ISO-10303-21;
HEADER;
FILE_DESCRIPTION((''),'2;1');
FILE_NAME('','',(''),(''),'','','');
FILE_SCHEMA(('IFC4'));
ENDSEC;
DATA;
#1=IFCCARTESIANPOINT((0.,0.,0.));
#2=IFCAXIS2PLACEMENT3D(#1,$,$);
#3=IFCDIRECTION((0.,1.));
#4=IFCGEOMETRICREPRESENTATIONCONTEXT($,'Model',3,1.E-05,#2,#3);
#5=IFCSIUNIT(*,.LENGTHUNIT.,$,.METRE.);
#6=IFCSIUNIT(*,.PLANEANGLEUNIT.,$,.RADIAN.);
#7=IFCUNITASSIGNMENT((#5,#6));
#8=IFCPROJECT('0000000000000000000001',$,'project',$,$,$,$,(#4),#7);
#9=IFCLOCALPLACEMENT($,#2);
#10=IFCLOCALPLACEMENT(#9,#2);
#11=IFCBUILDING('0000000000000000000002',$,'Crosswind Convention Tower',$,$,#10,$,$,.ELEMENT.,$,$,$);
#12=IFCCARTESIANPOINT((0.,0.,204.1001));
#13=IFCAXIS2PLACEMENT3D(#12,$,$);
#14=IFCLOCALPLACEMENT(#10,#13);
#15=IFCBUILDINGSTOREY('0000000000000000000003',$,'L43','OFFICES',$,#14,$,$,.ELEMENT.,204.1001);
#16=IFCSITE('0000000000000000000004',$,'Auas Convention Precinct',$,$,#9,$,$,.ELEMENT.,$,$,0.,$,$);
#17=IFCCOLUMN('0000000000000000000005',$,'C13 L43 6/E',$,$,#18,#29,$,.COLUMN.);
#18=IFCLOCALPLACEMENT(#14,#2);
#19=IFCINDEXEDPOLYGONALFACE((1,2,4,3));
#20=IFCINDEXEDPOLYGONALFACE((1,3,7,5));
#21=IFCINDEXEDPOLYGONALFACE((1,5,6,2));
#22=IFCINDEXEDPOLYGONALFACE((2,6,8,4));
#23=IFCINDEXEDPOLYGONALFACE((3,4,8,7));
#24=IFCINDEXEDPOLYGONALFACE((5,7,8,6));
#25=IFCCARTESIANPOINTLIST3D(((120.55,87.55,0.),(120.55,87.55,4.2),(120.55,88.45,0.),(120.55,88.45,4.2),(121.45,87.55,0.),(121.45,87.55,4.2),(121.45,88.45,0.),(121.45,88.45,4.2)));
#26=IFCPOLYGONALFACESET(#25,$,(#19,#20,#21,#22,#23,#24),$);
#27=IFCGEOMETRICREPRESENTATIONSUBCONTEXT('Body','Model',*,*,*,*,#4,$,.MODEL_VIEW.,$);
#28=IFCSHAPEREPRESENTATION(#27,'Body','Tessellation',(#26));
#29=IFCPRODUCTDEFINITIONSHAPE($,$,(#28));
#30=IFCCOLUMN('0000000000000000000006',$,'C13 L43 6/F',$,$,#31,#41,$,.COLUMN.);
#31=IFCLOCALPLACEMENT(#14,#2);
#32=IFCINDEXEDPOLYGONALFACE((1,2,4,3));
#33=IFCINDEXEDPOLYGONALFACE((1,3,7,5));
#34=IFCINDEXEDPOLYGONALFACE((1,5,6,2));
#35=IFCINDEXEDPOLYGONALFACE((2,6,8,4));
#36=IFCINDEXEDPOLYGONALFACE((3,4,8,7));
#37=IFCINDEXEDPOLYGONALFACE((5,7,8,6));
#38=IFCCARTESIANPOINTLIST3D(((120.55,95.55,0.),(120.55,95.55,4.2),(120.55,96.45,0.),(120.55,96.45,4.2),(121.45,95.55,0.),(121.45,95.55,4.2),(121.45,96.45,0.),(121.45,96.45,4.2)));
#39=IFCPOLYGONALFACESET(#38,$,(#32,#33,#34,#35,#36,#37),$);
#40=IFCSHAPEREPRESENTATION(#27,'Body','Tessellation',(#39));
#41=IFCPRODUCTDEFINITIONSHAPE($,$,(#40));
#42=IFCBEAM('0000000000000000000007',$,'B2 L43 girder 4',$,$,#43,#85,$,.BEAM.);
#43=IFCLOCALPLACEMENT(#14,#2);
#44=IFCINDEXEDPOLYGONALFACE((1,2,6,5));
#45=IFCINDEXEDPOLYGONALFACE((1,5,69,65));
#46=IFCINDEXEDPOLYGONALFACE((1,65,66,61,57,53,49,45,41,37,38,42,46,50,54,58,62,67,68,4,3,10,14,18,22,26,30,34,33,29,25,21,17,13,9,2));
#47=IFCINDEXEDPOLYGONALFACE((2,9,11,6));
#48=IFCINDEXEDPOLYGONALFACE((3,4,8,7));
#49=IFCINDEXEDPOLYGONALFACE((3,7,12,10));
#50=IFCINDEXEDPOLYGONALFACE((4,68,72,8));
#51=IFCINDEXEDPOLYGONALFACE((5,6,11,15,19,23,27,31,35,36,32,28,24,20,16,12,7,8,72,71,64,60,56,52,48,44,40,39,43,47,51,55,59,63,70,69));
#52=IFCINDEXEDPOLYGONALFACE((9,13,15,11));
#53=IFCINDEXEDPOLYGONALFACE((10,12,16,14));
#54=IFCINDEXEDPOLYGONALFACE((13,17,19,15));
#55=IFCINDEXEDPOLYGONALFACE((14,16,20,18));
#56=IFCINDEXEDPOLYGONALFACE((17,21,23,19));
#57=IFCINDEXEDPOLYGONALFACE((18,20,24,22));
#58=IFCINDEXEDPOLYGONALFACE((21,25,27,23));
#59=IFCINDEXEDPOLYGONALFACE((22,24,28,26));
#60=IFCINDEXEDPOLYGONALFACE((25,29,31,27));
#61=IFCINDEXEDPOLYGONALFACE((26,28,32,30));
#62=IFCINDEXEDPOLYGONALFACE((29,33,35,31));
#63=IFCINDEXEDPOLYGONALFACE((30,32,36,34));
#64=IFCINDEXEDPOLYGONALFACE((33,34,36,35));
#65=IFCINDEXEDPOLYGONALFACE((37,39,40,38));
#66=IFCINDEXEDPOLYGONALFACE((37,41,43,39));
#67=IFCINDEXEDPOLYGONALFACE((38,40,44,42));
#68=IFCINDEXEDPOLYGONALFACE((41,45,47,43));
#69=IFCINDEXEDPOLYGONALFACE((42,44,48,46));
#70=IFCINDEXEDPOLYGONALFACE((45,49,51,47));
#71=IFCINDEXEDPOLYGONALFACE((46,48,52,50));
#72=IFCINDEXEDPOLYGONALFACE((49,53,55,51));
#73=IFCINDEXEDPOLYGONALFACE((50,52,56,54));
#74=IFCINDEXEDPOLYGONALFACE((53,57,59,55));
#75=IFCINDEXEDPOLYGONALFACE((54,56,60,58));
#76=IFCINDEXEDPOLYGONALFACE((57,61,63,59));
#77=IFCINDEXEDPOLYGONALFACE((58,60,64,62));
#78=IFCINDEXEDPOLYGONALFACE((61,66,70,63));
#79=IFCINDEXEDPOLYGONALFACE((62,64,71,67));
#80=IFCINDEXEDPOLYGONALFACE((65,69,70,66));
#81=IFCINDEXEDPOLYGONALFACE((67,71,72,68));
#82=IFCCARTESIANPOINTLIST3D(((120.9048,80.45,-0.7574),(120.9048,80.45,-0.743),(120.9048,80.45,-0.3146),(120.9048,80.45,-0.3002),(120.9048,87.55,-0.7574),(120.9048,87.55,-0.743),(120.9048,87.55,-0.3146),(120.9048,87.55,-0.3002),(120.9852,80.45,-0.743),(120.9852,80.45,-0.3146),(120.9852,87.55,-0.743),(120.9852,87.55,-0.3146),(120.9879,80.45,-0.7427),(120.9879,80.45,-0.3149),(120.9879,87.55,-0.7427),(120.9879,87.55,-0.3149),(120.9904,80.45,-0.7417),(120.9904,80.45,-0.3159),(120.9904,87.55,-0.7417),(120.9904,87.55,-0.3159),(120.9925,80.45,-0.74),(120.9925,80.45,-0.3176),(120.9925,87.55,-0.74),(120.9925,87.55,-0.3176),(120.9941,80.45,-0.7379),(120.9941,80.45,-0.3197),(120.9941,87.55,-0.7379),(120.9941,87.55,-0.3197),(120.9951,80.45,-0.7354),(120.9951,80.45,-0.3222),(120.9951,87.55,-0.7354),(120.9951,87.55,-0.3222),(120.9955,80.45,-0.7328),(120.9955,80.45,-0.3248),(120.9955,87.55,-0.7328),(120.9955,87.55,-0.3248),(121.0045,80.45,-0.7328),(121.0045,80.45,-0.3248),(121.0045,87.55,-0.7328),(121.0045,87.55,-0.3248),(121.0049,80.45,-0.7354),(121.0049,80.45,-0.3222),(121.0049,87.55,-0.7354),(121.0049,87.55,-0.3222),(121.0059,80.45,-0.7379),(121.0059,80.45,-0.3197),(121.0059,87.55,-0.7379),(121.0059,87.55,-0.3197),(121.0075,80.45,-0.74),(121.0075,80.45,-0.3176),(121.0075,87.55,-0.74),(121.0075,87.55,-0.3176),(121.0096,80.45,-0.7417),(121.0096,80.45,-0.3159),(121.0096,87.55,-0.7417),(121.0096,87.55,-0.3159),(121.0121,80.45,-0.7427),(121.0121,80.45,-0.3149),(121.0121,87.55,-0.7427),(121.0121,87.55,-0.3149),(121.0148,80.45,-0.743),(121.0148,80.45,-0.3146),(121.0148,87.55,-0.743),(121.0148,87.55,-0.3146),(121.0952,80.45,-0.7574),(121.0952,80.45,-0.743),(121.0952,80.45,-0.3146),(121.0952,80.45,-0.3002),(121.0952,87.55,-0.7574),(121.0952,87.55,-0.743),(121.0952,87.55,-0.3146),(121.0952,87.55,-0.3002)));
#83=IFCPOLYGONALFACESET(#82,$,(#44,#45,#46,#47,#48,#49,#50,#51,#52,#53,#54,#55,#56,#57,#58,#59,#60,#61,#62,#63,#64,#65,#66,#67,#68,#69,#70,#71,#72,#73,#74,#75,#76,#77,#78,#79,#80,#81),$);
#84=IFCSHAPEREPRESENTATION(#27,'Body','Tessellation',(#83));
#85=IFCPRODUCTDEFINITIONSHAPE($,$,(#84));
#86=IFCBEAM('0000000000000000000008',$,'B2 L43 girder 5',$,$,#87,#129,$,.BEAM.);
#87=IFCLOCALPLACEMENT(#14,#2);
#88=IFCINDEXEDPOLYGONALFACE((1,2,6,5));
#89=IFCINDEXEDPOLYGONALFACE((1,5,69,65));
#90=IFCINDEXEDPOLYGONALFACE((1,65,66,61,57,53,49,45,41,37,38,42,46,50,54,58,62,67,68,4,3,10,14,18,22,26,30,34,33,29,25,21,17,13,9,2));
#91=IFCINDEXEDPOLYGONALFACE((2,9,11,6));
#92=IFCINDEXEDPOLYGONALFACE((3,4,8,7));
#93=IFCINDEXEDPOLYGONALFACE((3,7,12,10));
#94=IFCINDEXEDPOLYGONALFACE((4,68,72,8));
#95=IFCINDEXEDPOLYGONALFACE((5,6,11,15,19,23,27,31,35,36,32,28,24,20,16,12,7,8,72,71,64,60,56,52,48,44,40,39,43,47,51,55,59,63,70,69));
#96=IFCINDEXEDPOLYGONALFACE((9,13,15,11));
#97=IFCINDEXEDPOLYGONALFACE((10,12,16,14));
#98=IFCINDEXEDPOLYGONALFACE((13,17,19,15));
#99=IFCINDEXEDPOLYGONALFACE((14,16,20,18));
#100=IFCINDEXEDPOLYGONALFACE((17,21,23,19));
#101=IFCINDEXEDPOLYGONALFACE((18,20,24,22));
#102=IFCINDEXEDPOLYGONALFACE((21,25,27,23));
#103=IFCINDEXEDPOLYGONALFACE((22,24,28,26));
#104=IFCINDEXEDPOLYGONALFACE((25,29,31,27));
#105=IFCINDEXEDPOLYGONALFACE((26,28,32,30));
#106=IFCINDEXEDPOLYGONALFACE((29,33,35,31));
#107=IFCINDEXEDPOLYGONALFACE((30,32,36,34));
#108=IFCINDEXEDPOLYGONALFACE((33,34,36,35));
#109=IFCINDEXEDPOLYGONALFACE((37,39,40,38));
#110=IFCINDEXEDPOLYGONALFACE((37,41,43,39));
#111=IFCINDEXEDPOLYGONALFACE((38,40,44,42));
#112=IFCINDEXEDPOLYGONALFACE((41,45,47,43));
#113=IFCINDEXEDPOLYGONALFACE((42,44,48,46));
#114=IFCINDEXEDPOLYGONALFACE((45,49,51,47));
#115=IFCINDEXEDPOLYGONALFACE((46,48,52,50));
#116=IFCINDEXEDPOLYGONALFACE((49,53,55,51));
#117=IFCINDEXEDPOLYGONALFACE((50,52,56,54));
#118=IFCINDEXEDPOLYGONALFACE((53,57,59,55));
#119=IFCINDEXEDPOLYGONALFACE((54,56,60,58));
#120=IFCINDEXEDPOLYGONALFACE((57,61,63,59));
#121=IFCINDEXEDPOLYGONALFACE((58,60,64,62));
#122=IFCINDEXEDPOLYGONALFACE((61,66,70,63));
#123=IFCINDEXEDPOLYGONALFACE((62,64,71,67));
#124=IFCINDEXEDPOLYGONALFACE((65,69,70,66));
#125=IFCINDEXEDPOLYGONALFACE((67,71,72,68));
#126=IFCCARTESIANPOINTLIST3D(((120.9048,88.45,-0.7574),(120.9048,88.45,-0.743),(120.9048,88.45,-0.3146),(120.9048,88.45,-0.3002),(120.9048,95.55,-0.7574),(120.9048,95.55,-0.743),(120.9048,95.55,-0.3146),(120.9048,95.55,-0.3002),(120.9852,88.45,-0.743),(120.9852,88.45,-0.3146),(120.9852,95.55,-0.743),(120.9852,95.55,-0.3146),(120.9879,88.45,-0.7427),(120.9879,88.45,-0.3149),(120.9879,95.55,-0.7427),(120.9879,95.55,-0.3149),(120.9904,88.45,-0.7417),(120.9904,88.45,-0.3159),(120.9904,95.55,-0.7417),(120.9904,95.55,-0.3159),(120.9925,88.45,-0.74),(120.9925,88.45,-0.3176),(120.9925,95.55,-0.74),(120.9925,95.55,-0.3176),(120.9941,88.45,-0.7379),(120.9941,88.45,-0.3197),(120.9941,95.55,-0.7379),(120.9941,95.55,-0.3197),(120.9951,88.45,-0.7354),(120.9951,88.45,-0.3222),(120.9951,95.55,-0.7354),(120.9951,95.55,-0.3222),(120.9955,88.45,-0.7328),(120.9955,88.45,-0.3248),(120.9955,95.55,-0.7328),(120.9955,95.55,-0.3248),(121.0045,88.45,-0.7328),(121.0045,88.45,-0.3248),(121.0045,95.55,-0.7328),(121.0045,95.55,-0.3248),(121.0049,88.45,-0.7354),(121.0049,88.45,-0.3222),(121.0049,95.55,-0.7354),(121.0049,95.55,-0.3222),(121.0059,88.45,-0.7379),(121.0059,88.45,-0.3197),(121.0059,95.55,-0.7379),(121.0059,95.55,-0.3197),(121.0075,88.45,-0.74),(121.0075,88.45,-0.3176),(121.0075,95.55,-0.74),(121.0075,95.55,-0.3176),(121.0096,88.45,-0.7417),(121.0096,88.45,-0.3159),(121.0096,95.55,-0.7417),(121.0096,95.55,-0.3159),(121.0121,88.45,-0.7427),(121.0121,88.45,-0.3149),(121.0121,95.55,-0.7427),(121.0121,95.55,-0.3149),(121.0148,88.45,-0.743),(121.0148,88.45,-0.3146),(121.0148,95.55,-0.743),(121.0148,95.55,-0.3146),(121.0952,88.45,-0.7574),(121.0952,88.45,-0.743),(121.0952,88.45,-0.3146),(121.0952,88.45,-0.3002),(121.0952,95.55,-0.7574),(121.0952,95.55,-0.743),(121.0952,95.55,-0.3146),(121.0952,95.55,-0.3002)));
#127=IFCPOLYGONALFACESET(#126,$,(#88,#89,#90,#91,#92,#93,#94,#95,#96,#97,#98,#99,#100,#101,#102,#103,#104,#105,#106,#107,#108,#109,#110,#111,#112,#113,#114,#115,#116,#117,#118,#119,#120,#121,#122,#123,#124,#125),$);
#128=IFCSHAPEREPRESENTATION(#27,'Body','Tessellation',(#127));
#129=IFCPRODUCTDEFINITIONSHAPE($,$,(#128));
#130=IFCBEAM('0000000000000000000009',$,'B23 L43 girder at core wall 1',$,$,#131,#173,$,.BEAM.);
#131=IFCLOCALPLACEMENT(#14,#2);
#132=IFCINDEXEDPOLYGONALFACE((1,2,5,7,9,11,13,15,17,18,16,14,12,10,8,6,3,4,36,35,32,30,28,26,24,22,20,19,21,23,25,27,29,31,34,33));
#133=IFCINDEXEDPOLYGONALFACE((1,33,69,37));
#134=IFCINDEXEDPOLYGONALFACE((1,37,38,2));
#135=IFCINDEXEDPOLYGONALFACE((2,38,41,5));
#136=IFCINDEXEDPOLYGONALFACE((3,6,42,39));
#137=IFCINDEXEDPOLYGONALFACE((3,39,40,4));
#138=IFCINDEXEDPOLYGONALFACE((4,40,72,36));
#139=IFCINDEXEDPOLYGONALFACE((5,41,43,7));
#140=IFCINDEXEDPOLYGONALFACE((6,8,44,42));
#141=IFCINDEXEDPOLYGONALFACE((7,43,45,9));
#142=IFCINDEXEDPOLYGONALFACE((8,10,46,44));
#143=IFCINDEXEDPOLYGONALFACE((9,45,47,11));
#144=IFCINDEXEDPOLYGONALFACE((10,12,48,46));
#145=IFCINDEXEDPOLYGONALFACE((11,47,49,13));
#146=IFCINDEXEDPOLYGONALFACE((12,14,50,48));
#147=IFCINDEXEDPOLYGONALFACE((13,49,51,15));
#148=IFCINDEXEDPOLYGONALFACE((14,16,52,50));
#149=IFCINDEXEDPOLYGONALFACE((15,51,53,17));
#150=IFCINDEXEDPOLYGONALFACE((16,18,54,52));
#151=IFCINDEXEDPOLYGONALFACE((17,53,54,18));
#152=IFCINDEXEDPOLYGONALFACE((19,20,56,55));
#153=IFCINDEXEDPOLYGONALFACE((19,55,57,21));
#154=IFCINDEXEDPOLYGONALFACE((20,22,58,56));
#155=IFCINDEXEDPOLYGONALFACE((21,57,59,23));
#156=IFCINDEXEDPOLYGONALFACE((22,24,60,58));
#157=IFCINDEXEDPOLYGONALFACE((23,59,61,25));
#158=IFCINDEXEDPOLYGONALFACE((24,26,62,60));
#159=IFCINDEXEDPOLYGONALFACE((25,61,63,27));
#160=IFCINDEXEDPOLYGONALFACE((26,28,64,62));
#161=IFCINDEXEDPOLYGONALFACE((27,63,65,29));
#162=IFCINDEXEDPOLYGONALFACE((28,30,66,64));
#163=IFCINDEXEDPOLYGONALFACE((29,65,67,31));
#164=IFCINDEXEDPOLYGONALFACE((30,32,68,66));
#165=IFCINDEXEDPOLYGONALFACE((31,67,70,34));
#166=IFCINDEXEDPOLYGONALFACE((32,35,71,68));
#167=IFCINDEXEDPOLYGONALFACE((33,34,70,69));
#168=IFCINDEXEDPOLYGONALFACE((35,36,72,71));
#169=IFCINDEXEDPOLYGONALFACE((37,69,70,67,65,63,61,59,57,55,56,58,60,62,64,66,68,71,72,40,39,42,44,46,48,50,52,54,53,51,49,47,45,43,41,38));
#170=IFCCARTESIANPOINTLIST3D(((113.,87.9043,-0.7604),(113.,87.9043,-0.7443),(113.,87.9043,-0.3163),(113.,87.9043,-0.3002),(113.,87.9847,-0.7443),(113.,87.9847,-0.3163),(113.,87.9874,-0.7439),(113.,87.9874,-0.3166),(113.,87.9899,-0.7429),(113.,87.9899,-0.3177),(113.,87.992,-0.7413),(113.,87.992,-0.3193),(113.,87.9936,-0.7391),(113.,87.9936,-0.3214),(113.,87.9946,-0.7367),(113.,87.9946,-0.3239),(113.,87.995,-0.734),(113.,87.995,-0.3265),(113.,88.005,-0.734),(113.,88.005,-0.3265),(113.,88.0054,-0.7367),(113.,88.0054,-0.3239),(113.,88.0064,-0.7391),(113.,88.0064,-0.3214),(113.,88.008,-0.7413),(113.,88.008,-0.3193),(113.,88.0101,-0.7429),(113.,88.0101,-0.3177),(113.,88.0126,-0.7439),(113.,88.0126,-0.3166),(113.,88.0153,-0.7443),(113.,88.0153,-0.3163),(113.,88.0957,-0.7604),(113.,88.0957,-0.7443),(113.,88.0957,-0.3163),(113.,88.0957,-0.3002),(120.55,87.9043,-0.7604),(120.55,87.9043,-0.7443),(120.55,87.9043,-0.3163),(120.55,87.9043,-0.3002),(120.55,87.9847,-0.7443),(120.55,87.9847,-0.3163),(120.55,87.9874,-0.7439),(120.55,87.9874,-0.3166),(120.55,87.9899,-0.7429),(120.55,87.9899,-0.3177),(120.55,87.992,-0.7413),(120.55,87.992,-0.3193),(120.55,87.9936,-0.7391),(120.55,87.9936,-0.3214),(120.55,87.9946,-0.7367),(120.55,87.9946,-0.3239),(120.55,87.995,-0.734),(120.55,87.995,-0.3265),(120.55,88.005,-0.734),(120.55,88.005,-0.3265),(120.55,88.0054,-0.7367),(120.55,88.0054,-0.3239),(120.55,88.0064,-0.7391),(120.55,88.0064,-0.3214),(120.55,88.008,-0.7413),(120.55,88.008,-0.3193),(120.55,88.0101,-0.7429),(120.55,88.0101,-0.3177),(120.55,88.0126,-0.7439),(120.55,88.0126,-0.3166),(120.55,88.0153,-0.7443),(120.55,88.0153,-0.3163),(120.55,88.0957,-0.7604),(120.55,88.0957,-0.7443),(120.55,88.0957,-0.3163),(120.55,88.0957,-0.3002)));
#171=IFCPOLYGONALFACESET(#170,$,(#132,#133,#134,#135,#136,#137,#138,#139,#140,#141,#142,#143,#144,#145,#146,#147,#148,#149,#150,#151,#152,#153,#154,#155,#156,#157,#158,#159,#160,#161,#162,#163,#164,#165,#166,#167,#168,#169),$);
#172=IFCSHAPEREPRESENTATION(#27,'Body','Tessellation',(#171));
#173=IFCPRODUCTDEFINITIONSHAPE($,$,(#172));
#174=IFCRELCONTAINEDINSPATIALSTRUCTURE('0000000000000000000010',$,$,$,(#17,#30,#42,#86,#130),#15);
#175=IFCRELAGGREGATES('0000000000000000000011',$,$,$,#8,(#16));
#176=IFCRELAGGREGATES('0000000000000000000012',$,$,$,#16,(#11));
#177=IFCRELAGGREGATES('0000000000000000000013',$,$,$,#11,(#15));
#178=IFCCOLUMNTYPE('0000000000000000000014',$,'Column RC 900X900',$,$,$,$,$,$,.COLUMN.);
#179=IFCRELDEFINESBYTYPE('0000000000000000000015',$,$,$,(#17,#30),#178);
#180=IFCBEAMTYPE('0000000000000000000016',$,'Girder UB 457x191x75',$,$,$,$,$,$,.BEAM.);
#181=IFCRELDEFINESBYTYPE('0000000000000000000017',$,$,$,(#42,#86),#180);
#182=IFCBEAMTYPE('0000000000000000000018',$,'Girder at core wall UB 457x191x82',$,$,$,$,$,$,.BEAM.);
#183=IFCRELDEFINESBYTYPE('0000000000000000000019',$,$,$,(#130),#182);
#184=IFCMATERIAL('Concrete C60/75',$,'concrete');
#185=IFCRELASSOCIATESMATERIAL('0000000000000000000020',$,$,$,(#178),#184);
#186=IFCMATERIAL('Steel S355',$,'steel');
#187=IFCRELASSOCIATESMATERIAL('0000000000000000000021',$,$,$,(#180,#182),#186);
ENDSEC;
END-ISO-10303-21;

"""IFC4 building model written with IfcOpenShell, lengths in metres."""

from ifc_helpers import new_model, si_unit, direction, frame, origin, origin_2d, place, context, subcontext, project, spatial, rectangle, i_section, extrude, material, material_profile, profile_set, type_object, element, save


model = new_model("IFC4")

# Units and contexts
model_context = context("Model", 3, precision=1e-05, world=origin(), true_north=direction((0.0, 1.0)))
body_context = subcontext(model_context, "Body", "Model", "MODEL_VIEW")
ifc_project = project(units=[si_unit("LENGTHUNIT", "METRE"), si_unit("PLANEANGLEUNIT", "RADIAN")], contexts=[model_context])

# Site, building, storey
site_placement = place(None, origin())
site = spatial("IfcSite", under=ifc_project, at=site_placement, Name="Auas Convention Precinct", CompositionType="ELEMENT", RefElevation=0.0)
building_placement = place(site_placement, origin())
building = spatial("IfcBuilding", under=site, at=building_placement, Name="Crosswind Convention Tower", CompositionType="ELEMENT")
storey_placement = place(building_placement, frame((0.0, 0.0, 204.1001)))
storey = spatial("IfcBuildingStorey", under=building, at=storey_placement, Name="L43", Description="OFFICES", CompositionType="ELEMENT", Elevation=204.1001)

# Columns
ifc_material_1 = material(Name="Concrete C60/75", Category="concrete")
ifc_material_profile_1 = material_profile(ifc_material_1, rectangle(XDim=0.8999, YDim=0.8999, at=origin_2d()), Name="RC 900X900")
ifc_profile_set_1 = profile_set([ifc_material_profile_1], Name="Concrete C60/75")
column_type = type_object("IfcColumnType", Name="Column RC 900X900", PredefinedType="COLUMN", material=ifc_profile_set_1)
for number, where, z_axis, x_axis, name in (
    (1, (121.0, 88.0, 0.0), (0.0, 0.0, 1.0), (1.0, 0.0, 0.0), "C13 L43 6/E"),
    (2, (121.0, 96.0, 0.0), (0.0, 0.0, 1.0), (1.0, 0.0, 0.0), "C13 L43 6/F"),
):
    element("IfcColumn", number, at=place(storey_placement, frame(where, z_axis=z_axis, x_axis=x_axis)), inside=storey, type_object=column_type, Name=name, PredefinedType="COLUMN", context=body_context, shape_type="SweptSolid", body=[
        extrude(rectangle(XDim=0.8999, YDim=0.8999, at=origin_2d()), origin(), (0.0, 0.0, 1.0), 4.2),
    ])

# Beams
ifc_material_2 = material(Name="Steel S355", Category="steel")
ifc_material_profile_2 = material_profile(ifc_material_2, i_section(OverallWidth=0.1904, OverallDepth=0.4573, WebThickness=0.009, FlangeThickness=0.0144, FilletRadius=0.0103, at=origin_2d()), Name="UB 457x191x75")
ifc_profile_set_2 = profile_set([ifc_material_profile_2], Name="Steel S355")
beam_type_1 = type_object("IfcBeamType", Name="Girder UB 457x191x75", PredefinedType="BEAM", material=ifc_profile_set_2)
for number, where, z_axis, x_axis, name in (
    (3, (121.0, 80.45, -0.5288), (0.0, 1.0, 0.0), (-1.0, 0.0, 0.0), "B2 L43 girder 4"),
    (4, (121.0, 88.45, -0.5288), (0.0, 1.0, 0.0), (-1.0, 0.0, 0.0), "B2 L43 girder 5"),
):
    element("IfcBeam", number, at=place(storey_placement, frame(where, z_axis=z_axis, x_axis=x_axis)), inside=storey, type_object=beam_type_1, Name=name, PredefinedType="BEAM", context=body_context, shape_type="SweptSolid", body=[
        extrude(i_section(OverallWidth=0.1904, OverallDepth=0.4573, WebThickness=0.009, FlangeThickness=0.0144, FilletRadius=0.0103, at=origin_2d()), origin(), (0.0, 0.0, 1.0), 7.1001),
    ])
ifc_material_profile_3 = material_profile(ifc_material_2, i_section(OverallWidth=0.1914, OverallDepth=0.4602, WebThickness=0.01, FlangeThickness=0.0161, FilletRadius=0.0103, at=origin_2d()), Name="UB 457x191x82")
ifc_profile_set_3 = profile_set([ifc_material_profile_3], Name="Steel S355")
beam_type_2 = type_object("IfcBeamType", Name="Girder at core wall UB 457x191x82", PredefinedType="BEAM", material=ifc_profile_set_3)
for number, where, z_axis, x_axis, name in (
    (5, (113.0, 88.0, -0.5303), (1.0, 0.0, 0.0), (0.0, 1.0, 0.0), "B23 L43 girder at core wall 1"),
):
    element("IfcBeam", number, at=place(storey_placement, frame(where, z_axis=z_axis, x_axis=x_axis)), inside=storey, type_object=beam_type_2, Name=name, PredefinedType="BEAM", context=body_context, shape_type="SweptSolid", body=[
        extrude(i_section(OverallWidth=0.1914, OverallDepth=0.4602, WebThickness=0.01, FlangeThickness=0.0161, FilletRadius=0.0103, at=origin_2d()), origin(), (0.0, 0.0, 1.0), 7.55),
    ])

save(model, "model.ifc")
